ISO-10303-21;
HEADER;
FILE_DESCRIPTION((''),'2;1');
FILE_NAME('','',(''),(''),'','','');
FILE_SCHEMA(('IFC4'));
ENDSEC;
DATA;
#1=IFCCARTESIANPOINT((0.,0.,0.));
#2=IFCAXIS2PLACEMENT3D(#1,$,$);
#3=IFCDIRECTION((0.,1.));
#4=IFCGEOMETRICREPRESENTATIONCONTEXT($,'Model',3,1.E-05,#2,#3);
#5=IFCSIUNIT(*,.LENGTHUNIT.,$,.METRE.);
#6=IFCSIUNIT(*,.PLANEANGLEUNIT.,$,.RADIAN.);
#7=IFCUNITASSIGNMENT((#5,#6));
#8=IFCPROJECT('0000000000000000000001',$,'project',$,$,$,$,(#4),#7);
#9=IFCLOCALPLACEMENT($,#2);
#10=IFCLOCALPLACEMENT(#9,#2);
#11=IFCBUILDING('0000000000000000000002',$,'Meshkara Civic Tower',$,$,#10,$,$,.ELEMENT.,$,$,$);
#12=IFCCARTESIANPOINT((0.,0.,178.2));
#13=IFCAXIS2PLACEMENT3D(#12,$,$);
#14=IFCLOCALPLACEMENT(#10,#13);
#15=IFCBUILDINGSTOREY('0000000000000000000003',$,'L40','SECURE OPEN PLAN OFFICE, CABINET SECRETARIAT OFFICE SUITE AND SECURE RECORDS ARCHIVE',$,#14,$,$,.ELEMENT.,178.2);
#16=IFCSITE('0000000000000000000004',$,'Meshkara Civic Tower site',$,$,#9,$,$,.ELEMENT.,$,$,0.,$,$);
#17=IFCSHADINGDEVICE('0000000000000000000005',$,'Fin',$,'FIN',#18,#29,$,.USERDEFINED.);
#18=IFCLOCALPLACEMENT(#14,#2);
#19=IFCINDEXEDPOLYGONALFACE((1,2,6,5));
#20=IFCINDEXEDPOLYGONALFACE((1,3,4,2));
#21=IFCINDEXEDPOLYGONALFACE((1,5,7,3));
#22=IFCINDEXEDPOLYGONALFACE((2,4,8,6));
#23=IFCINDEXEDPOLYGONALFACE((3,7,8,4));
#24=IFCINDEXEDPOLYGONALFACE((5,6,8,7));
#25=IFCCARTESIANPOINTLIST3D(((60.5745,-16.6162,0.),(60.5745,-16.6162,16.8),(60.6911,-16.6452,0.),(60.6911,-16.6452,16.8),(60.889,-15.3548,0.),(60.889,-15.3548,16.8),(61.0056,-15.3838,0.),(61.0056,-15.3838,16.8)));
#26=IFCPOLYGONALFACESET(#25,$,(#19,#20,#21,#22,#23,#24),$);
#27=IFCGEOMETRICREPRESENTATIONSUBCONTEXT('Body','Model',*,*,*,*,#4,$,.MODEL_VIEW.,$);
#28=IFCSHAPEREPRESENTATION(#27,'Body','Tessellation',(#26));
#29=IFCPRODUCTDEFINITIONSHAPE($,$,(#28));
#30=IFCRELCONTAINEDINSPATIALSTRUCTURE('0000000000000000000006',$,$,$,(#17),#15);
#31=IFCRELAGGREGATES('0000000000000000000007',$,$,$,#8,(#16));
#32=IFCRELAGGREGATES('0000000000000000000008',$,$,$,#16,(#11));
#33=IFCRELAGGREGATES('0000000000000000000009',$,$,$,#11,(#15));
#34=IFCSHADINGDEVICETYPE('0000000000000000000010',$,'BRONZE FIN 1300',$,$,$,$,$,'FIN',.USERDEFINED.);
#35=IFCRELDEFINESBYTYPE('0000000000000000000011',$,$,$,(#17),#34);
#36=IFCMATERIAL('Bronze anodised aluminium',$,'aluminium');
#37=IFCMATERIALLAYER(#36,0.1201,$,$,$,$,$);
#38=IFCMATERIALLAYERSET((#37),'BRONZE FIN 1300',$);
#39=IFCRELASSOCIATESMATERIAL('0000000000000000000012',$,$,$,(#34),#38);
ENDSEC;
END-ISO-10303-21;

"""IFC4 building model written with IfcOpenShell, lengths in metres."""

from ifc_helpers import new_model, si_unit, direction, frame, origin, origin_2d, place, context, subcontext, project, spatial, rectangle, extrude, material, layer, layer_set, type_object, element, save


model = new_model("IFC4")

# Units and contexts
model_context = context("Model", 3, precision=1e-05, world=origin(), true_north=direction((0.0, 1.0)))
body_context = subcontext(model_context, "Body", "Model", "MODEL_VIEW")
ifc_project = project(units=[si_unit("LENGTHUNIT", "METRE"), si_unit("PLANEANGLEUNIT", "RADIAN")], contexts=[model_context])

# Site, building, storey
site_placement = place(None, origin())
site = spatial("IfcSite", under=ifc_project, at=site_placement, Name="Meshkara Civic Tower site", CompositionType="ELEMENT", RefElevation=0.0)
building_placement = place(site_placement, origin())
building = spatial("IfcBuilding", under=site, at=building_placement, Name="Meshkara Civic Tower", CompositionType="ELEMENT")
storey_placement = place(building_placement, frame((0.0, 0.0, 178.2)))
storey = spatial("IfcBuildingStorey", under=building, at=storey_placement, Name="L40", Description="SECURE OPEN PLAN OFFICE, CABINET SECRETARIAT OFFICE SUITE AND SECURE RECORDS ARCHIVE", CompositionType="ELEMENT", Elevation=178.2)

# Shading device
ifc_material_1 = material(Name="Bronze anodised aluminium", Category="aluminium")
ifc_layer_1 = layer(ifc_material_1, 0.1201)
ifc_layer_set_1 = layer_set([ifc_layer_1], Name="BRONZE FIN 1300")
shading_device_type = type_object("IfcShadingDeviceType", Name="BRONZE FIN 1300", ElementType="FIN", PredefinedType="USERDEFINED", material=ifc_layer_set_1)
for number, where, z_axis, x_axis, name in (
    (1, (60.79, -16.0, 0.0), (0.0, 0.0, 1.0), (0.9703, -0.241905, 0.0), "Fin"),
):
    element("IfcShadingDevice", number, at=place(storey_placement, frame(where, z_axis=z_axis, x_axis=x_axis)), inside=storey, type_object=shading_device_type, Name=name, ObjectType="FIN", PredefinedType="USERDEFINED", context=body_context, shape_type="SweptSolid", body=[
        extrude(rectangle(XDim=0.1201, YDim=1.3, at=origin_2d()), origin(), (0.0, 0.0, 1.0), 16.8),
    ])

save(model, "model.ifc")
